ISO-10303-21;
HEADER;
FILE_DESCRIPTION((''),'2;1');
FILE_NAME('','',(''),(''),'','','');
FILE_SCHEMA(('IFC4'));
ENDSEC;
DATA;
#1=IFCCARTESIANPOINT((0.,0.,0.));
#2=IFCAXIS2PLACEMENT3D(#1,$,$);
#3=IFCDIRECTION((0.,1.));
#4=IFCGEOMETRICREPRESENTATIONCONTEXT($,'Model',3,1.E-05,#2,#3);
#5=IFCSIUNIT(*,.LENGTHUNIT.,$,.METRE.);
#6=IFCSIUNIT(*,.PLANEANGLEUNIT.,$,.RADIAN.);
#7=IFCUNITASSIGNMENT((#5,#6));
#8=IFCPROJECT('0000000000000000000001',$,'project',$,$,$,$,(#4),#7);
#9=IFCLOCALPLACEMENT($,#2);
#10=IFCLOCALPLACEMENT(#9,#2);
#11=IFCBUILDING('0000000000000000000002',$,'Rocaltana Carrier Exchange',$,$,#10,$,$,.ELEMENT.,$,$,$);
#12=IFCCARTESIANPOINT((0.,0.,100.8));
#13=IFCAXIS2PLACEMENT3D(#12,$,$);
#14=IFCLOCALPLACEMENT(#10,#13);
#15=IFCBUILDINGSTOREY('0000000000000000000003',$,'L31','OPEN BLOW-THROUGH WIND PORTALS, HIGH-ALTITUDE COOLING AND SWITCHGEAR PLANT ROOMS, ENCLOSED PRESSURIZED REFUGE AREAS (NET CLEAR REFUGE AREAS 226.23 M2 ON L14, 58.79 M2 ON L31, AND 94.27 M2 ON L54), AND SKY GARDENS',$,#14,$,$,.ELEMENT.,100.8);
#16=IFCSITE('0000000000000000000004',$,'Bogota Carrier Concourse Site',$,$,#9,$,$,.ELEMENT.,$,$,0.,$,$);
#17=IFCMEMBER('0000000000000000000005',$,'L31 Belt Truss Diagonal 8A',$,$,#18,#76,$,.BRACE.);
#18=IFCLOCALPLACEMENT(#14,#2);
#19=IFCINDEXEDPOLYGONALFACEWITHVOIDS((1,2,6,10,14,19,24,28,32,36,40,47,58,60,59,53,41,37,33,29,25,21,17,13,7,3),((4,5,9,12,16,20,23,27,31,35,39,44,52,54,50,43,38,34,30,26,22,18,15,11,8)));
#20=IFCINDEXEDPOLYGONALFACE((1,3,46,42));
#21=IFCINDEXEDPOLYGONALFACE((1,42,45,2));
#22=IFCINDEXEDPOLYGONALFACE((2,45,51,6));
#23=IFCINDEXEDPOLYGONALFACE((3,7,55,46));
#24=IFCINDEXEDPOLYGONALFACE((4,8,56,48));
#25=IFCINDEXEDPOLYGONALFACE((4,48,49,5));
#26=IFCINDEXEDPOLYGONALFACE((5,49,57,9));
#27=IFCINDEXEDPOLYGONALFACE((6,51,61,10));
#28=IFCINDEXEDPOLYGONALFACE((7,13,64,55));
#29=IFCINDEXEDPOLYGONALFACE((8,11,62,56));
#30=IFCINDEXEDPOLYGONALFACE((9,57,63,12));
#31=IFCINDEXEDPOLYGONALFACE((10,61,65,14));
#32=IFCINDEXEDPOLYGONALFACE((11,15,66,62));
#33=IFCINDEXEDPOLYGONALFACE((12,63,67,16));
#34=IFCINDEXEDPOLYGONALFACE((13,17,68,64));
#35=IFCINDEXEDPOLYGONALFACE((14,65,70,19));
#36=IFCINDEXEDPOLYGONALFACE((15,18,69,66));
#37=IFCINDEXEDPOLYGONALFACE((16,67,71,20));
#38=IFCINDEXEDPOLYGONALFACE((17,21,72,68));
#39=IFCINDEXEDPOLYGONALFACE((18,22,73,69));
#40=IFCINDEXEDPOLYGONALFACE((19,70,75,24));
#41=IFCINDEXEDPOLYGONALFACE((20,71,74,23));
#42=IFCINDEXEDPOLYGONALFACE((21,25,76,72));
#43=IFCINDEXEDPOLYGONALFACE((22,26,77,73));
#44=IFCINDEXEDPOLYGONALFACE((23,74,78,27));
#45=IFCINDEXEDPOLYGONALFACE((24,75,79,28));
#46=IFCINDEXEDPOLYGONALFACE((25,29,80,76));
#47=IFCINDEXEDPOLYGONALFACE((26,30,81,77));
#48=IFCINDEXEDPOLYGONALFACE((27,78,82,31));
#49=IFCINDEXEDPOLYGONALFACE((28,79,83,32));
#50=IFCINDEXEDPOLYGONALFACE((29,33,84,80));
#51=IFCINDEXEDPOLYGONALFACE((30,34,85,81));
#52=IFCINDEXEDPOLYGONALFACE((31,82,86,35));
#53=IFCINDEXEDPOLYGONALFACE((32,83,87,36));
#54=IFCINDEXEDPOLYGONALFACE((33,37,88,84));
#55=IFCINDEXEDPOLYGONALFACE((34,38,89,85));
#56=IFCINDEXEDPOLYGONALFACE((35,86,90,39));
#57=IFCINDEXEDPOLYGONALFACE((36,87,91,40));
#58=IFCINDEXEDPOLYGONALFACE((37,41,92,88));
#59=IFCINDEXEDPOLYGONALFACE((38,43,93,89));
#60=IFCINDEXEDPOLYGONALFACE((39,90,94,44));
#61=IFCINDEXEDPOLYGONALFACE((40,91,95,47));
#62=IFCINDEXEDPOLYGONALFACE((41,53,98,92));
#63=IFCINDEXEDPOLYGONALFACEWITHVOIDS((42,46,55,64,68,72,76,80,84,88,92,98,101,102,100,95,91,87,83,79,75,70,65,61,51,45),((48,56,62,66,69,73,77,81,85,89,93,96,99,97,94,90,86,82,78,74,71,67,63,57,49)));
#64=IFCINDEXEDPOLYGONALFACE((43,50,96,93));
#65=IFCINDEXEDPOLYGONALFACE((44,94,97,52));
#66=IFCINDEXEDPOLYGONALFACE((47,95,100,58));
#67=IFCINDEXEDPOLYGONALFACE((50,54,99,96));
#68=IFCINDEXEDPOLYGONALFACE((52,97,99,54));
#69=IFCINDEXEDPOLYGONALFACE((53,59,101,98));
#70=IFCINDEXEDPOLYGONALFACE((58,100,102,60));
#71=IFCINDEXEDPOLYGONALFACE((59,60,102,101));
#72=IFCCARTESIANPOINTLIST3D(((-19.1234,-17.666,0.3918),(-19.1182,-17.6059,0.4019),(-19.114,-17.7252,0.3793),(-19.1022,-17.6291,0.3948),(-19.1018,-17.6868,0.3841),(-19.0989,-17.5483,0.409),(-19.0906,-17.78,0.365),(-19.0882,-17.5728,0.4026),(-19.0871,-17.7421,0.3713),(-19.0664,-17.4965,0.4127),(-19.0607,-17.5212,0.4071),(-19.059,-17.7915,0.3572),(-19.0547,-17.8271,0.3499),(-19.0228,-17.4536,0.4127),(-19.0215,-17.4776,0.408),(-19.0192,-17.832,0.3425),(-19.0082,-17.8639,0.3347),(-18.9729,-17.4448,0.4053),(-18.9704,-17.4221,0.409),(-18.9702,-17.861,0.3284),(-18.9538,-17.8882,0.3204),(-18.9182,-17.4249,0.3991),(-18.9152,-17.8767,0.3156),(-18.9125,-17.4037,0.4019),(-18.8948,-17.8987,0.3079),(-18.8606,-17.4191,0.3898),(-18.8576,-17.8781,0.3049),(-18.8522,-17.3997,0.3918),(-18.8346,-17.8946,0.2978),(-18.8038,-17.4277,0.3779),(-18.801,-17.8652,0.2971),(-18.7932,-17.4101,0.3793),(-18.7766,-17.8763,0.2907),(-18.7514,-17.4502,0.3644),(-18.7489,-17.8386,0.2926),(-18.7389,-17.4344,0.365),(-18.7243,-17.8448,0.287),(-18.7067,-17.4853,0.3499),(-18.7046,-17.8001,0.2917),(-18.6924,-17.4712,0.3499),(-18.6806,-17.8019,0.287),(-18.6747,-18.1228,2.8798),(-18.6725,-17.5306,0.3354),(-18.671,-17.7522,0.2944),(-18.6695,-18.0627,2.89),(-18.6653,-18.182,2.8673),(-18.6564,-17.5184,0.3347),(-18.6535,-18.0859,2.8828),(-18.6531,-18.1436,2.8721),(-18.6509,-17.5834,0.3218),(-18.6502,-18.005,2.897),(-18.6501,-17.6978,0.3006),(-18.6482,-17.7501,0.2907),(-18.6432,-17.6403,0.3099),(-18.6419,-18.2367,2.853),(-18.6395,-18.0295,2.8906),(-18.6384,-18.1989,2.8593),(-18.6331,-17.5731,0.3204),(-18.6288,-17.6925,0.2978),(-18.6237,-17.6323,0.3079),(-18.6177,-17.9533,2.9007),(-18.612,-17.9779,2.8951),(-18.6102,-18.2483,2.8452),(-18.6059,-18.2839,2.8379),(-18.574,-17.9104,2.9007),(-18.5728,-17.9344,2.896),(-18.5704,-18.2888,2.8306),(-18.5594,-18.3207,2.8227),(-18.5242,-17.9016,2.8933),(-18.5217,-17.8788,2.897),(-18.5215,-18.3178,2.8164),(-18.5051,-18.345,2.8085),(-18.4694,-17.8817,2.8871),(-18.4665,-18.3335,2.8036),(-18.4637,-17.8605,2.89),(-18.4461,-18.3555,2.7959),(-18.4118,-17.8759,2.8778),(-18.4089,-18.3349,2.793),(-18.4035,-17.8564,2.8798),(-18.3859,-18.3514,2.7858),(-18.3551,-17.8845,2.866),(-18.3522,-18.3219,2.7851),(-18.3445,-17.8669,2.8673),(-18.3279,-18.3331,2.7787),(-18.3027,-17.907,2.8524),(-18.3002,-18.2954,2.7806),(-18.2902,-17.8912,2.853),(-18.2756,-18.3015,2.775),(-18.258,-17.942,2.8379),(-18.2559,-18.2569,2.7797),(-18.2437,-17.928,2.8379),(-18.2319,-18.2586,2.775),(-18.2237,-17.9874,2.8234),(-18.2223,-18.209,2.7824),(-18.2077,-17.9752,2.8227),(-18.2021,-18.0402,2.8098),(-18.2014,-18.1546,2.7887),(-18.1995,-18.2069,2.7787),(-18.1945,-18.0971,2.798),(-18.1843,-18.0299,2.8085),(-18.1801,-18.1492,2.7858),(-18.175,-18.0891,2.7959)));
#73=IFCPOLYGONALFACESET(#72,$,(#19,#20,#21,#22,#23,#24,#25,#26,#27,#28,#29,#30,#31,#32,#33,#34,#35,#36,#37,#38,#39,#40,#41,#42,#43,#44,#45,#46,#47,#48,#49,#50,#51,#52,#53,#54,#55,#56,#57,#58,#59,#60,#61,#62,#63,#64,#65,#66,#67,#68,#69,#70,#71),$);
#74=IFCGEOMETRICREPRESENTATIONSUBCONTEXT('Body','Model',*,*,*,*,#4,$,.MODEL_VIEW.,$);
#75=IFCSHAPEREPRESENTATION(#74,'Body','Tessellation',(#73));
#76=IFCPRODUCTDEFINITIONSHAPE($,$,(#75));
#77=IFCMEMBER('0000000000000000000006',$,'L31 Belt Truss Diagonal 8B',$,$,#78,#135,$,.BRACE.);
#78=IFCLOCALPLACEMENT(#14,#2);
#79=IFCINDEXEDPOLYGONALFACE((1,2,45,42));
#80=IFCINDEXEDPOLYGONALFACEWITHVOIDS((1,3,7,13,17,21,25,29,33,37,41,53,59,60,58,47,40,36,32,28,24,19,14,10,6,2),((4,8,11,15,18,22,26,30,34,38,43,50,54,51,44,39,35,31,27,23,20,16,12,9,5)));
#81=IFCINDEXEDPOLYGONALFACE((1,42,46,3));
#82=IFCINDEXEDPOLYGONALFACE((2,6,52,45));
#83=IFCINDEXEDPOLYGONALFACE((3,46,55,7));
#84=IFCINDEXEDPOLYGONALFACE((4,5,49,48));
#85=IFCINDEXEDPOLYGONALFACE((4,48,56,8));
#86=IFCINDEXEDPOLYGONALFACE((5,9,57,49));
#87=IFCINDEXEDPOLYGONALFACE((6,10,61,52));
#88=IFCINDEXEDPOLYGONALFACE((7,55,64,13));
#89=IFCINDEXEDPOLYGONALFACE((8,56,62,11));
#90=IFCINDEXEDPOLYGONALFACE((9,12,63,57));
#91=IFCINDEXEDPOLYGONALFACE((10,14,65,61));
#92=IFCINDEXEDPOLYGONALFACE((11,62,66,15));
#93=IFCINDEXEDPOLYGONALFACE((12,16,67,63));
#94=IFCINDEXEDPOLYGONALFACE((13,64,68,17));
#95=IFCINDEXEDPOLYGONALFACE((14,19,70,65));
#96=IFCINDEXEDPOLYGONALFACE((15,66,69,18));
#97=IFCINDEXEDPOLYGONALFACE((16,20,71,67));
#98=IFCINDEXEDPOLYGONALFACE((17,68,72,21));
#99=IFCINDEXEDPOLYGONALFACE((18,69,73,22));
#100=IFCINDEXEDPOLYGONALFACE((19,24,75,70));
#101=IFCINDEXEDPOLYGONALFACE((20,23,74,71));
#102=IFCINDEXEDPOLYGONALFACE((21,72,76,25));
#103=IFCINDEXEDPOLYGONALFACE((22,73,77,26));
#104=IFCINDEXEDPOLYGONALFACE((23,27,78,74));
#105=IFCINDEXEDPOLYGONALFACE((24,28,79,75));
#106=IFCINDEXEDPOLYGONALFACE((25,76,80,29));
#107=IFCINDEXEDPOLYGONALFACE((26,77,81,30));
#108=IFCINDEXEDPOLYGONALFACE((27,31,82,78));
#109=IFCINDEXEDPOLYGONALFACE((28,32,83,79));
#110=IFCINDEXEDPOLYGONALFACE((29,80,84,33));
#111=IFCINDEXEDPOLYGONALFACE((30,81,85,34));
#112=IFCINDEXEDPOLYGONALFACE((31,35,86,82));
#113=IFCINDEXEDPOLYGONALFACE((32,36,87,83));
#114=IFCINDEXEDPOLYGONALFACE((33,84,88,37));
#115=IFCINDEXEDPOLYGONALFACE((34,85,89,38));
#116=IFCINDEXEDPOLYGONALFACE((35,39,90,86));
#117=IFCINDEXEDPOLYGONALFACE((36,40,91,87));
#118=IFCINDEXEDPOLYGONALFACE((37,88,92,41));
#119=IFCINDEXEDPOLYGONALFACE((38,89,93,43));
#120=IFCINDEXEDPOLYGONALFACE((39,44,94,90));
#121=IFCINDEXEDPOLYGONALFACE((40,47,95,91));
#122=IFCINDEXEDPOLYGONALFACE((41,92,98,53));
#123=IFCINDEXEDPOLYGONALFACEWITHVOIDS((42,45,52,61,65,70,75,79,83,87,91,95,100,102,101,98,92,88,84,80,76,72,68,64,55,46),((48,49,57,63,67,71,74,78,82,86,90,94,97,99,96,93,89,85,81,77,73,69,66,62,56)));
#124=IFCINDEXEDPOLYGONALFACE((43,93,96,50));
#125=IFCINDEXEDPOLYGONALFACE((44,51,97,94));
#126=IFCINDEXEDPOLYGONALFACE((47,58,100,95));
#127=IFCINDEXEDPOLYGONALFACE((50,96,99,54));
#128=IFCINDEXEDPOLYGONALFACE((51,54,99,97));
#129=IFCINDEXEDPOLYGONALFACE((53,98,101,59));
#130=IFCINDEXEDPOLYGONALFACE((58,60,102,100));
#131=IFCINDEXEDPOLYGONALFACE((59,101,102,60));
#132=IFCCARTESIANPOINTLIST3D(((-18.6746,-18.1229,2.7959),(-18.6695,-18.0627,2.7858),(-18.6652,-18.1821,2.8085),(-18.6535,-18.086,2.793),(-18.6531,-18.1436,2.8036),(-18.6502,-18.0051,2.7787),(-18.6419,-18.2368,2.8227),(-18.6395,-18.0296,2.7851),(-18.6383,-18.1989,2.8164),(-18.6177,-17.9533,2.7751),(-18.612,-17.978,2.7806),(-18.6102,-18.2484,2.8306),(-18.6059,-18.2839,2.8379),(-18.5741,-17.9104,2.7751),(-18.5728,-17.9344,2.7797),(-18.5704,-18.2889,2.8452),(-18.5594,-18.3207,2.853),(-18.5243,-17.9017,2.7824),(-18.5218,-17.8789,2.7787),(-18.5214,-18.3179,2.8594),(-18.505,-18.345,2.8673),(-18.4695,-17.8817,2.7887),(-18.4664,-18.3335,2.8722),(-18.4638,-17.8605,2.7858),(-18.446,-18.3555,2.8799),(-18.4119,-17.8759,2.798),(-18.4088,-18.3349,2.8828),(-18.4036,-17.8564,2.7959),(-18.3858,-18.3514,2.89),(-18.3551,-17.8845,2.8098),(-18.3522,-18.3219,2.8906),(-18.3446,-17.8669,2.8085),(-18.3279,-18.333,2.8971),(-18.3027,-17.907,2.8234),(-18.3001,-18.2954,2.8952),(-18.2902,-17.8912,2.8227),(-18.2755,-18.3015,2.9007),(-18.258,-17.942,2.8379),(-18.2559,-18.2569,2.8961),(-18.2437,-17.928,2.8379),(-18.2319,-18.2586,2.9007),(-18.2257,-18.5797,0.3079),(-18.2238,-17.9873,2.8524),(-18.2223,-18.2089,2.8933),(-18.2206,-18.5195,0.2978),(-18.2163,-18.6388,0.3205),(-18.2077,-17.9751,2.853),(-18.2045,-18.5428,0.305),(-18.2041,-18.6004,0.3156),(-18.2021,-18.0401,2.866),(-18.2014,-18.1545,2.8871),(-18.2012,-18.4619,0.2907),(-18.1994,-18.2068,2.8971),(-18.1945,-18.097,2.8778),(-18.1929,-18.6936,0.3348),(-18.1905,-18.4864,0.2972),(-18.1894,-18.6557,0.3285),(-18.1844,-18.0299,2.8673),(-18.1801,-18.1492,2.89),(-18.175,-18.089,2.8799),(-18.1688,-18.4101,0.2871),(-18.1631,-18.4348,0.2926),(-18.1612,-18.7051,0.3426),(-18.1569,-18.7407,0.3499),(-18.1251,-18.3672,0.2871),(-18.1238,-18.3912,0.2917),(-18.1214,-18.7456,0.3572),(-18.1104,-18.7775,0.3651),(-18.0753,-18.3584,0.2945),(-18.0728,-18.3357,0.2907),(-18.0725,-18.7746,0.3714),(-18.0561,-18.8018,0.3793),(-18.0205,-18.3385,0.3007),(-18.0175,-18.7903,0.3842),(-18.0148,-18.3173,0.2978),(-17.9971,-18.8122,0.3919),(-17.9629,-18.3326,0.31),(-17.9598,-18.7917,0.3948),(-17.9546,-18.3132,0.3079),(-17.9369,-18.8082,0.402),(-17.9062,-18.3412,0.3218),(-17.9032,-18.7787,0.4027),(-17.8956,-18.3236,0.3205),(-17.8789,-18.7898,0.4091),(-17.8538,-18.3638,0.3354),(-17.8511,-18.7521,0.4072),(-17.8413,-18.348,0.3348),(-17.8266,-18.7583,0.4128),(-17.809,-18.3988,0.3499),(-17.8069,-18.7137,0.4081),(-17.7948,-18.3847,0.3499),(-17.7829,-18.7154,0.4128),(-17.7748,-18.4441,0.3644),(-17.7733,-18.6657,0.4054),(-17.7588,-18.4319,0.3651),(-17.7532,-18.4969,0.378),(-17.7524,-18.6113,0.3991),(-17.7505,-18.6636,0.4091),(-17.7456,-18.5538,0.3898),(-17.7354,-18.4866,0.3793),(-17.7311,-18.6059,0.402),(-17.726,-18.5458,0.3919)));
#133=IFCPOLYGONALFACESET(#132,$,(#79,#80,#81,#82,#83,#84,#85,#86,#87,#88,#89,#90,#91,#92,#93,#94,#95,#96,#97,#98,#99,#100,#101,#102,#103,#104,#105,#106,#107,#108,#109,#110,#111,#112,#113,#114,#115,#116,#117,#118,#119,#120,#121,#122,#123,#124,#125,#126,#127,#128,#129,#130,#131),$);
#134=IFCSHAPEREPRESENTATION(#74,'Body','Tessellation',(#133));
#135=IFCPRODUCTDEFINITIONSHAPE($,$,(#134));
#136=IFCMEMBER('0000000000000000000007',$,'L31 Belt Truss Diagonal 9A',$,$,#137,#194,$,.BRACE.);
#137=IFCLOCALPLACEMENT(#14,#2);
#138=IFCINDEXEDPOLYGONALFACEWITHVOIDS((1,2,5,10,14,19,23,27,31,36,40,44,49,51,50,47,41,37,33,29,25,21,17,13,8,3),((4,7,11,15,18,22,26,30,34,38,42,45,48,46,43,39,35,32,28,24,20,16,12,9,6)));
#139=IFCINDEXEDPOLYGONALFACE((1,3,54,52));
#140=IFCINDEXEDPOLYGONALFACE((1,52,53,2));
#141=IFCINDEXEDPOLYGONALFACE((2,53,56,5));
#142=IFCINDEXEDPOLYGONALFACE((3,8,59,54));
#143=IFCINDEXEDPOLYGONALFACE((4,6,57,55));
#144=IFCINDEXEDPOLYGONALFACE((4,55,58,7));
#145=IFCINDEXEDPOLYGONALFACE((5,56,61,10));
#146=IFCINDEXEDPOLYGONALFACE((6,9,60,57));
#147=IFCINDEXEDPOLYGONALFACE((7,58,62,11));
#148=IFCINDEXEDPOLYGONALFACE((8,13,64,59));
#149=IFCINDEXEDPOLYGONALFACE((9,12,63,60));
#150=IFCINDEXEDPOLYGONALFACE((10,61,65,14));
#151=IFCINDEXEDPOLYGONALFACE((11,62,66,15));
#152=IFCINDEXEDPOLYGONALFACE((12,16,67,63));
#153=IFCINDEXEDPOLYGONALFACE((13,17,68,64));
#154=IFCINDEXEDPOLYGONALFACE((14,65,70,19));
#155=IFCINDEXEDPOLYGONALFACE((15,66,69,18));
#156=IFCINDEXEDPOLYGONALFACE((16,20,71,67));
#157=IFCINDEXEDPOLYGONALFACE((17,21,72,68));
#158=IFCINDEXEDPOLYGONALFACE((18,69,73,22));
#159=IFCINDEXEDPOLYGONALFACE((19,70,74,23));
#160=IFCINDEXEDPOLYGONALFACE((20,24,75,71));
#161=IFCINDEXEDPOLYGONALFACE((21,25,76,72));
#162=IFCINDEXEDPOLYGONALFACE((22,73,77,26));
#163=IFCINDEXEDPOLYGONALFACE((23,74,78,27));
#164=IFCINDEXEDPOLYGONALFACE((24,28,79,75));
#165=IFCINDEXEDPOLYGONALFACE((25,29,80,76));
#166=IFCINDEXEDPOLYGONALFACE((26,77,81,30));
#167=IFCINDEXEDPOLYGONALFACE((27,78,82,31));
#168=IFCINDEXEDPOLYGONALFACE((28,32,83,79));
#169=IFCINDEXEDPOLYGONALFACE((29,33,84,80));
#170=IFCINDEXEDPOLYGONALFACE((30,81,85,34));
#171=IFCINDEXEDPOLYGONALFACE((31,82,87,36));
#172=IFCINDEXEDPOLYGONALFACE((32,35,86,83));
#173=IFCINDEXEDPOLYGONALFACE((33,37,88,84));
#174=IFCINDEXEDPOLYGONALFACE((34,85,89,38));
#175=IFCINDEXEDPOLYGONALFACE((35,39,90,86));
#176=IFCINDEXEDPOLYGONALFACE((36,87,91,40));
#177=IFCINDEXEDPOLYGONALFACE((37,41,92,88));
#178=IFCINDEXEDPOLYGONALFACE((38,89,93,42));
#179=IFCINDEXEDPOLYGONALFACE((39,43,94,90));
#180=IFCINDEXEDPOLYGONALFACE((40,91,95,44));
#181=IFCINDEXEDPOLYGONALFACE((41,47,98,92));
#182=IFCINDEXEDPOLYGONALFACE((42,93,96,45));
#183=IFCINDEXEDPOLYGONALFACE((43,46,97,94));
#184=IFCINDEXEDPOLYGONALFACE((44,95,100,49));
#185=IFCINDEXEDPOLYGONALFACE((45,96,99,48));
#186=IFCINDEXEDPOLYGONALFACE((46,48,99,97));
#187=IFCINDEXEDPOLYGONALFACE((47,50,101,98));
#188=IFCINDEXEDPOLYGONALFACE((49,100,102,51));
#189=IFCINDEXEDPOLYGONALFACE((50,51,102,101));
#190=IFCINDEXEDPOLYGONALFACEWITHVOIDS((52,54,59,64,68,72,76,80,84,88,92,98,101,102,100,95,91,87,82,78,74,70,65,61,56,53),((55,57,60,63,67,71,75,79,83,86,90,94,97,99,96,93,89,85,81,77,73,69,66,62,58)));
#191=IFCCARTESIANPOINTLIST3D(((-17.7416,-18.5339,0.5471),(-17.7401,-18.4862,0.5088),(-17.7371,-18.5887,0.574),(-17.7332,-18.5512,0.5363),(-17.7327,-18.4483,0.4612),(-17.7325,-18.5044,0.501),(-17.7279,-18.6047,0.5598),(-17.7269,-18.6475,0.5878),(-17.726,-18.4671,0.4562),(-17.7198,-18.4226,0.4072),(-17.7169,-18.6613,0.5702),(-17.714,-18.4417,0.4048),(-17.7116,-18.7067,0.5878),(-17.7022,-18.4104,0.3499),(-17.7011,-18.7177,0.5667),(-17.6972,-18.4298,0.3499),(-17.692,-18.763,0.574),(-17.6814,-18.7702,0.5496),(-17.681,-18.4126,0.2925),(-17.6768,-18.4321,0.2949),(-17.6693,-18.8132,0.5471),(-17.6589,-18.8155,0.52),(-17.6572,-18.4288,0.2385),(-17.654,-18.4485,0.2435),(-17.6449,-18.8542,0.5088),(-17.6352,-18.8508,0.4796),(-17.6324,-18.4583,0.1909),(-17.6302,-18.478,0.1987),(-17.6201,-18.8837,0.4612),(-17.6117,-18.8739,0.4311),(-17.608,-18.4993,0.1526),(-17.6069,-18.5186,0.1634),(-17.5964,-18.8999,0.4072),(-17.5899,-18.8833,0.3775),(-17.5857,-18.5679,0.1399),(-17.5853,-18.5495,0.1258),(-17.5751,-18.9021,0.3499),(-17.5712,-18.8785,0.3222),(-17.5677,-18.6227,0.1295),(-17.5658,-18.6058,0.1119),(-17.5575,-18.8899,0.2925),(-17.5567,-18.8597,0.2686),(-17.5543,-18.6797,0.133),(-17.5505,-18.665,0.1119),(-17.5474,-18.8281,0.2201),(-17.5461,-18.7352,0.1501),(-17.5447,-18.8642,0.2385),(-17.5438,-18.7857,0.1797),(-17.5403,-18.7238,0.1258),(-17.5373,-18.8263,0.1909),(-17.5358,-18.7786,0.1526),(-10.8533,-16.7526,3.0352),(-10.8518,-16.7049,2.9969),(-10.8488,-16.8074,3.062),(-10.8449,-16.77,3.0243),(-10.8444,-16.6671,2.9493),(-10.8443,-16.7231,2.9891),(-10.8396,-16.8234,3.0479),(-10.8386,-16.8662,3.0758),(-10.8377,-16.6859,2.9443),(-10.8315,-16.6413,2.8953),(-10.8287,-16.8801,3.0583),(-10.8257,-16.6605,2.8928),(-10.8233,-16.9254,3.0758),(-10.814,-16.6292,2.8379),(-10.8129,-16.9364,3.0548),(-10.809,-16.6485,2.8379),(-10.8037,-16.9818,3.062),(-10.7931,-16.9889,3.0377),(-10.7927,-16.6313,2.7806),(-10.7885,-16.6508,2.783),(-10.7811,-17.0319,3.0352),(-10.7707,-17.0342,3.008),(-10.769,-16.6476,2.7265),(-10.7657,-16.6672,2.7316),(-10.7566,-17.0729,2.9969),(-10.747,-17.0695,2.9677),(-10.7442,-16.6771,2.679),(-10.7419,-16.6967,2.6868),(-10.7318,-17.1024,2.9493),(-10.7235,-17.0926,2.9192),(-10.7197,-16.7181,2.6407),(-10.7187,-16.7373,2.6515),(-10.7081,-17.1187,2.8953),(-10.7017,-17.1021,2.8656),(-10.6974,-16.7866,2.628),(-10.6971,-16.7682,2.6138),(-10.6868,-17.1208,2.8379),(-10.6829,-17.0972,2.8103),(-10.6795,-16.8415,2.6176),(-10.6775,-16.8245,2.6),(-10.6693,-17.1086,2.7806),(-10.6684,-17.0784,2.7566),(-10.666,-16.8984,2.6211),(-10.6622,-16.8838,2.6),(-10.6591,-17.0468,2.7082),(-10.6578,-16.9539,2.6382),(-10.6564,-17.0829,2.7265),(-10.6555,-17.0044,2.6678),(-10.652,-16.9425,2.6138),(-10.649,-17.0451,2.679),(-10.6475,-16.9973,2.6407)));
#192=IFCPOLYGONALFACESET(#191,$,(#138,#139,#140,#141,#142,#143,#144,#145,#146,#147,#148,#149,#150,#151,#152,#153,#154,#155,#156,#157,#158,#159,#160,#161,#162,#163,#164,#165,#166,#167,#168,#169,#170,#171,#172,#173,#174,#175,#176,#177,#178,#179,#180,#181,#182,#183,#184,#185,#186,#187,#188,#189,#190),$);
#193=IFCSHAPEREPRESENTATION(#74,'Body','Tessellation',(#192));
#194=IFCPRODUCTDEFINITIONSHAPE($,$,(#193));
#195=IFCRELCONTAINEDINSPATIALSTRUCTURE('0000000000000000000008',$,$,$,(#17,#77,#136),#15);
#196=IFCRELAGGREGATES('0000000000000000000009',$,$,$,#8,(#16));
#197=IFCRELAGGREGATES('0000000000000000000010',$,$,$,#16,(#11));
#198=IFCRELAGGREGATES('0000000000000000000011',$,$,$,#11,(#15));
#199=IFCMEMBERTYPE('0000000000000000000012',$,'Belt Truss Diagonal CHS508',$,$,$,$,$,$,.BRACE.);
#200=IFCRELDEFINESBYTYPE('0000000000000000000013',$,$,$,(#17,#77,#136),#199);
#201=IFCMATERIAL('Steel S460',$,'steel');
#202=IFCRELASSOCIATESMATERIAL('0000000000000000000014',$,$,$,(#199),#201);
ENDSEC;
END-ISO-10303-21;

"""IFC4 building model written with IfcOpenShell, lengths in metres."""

from ifc_helpers import new_model, si_unit, direction, frame, origin, origin_2d, place, context, subcontext, project, spatial, hollow_circle, extrude, material, material_profile, profile_set, type_object, element, save


model = new_model("IFC4")

# Units and contexts
model_context = context("Model", 3, precision=1e-05, world=origin(), true_north=direction((0.0, 1.0)))
body_context = subcontext(model_context, "Body", "Model", "MODEL_VIEW")
ifc_project = project(units=[si_unit("LENGTHUNIT", "METRE"), si_unit("PLANEANGLEUNIT", "RADIAN")], contexts=[model_context])

# Site, building, storey
site_placement = place(None, origin())
site = spatial("IfcSite", under=ifc_project, at=site_placement, Name="Bogota Carrier Concourse Site", CompositionType="ELEMENT", RefElevation=0.0)
building_placement = place(site_placement, origin())
building = spatial("IfcBuilding", under=site, at=building_placement, Name="Rocaltana Carrier Exchange", CompositionType="ELEMENT")
storey_placement = place(building_placement, frame((0.0, 0.0, 100.8)))
storey = spatial("IfcBuildingStorey", under=building, at=storey_placement, Name="L31", Description="OPEN BLOW-THROUGH WIND PORTALS, HIGH-ALTITUDE COOLING AND SWITCHGEAR PLANT ROOMS, ENCLOSED PRESSURIZED REFUGE AREAS (NET CLEAR REFUGE AREAS 226.23 M2 ON L14, 58.79 M2 ON L31, AND 94.27 M2 ON L54), AND SKY GARDENS", CompositionType="ELEMENT", Elevation=100.8)

# Members
ifc_material_1 = material(Name="Steel S460", Category="steel")
ifc_material_profile_1 = material_profile(ifc_material_1, hollow_circle(Radius=0.2539, WallThickness=0.02, at=origin_2d()), Name="CHS508X20")
ifc_profile_set_1 = profile_set([ifc_material_profile_1], Name="Steel S460")
member_type_1 = type_object("IfcMemberType", Name="Belt Truss Diagonal CHS508", PredefinedType="BRACE", material=ifc_profile_set_1)
for number, where, z_axis, x_axis, name in (
    (1, (-18.8735, -17.6492, 0.3499), (0.174664, -0.1778, 0.968442), (0.71337, 0.700788, 0.0), "L31 Belt Truss Diagonal 8A"),
    (2, (-18.4248, -18.106, 2.8379), (0.174756, -0.177797, -0.968426), (0.713179, 0.700982, 0.0), "L31 Belt Truss Diagonal 8B"),
):
    element("IfcMember", number, at=place(storey_placement, frame(where, z_axis=z_axis, x_axis=x_axis)), inside=storey, type_object=member_type_1, Name=name, PredefinedType="BRACE", context=body_context, shape_type="SweptSolid", body=[
        extrude(hollow_circle(Radius=0.2539, WallThickness=0.02, at=origin_2d()), origin(), (0.0, 0.0, 1.0), 2.5691),
    ])
member_1_placement = place(storey_placement, frame((-17.6387, -18.6562, 0.3499), z_axis=(0.913885, 0.236326, 0.330098), x_axis=(-0.25036, 0.968153, 0.0)))
element("IfcMember", 3, at=member_1_placement, inside=storey, type_object=member_type_1, Name="L31 Belt Truss Diagonal 9A", PredefinedType="BRACE", context=body_context, shape_type="SweptSolid", body=[
    extrude(hollow_circle(Radius=0.2539, WallThickness=0.02, at=origin_2d()), origin(), (0.0, 0.0, 1.0), 7.5374),
])

save(model, "model.ifc")
